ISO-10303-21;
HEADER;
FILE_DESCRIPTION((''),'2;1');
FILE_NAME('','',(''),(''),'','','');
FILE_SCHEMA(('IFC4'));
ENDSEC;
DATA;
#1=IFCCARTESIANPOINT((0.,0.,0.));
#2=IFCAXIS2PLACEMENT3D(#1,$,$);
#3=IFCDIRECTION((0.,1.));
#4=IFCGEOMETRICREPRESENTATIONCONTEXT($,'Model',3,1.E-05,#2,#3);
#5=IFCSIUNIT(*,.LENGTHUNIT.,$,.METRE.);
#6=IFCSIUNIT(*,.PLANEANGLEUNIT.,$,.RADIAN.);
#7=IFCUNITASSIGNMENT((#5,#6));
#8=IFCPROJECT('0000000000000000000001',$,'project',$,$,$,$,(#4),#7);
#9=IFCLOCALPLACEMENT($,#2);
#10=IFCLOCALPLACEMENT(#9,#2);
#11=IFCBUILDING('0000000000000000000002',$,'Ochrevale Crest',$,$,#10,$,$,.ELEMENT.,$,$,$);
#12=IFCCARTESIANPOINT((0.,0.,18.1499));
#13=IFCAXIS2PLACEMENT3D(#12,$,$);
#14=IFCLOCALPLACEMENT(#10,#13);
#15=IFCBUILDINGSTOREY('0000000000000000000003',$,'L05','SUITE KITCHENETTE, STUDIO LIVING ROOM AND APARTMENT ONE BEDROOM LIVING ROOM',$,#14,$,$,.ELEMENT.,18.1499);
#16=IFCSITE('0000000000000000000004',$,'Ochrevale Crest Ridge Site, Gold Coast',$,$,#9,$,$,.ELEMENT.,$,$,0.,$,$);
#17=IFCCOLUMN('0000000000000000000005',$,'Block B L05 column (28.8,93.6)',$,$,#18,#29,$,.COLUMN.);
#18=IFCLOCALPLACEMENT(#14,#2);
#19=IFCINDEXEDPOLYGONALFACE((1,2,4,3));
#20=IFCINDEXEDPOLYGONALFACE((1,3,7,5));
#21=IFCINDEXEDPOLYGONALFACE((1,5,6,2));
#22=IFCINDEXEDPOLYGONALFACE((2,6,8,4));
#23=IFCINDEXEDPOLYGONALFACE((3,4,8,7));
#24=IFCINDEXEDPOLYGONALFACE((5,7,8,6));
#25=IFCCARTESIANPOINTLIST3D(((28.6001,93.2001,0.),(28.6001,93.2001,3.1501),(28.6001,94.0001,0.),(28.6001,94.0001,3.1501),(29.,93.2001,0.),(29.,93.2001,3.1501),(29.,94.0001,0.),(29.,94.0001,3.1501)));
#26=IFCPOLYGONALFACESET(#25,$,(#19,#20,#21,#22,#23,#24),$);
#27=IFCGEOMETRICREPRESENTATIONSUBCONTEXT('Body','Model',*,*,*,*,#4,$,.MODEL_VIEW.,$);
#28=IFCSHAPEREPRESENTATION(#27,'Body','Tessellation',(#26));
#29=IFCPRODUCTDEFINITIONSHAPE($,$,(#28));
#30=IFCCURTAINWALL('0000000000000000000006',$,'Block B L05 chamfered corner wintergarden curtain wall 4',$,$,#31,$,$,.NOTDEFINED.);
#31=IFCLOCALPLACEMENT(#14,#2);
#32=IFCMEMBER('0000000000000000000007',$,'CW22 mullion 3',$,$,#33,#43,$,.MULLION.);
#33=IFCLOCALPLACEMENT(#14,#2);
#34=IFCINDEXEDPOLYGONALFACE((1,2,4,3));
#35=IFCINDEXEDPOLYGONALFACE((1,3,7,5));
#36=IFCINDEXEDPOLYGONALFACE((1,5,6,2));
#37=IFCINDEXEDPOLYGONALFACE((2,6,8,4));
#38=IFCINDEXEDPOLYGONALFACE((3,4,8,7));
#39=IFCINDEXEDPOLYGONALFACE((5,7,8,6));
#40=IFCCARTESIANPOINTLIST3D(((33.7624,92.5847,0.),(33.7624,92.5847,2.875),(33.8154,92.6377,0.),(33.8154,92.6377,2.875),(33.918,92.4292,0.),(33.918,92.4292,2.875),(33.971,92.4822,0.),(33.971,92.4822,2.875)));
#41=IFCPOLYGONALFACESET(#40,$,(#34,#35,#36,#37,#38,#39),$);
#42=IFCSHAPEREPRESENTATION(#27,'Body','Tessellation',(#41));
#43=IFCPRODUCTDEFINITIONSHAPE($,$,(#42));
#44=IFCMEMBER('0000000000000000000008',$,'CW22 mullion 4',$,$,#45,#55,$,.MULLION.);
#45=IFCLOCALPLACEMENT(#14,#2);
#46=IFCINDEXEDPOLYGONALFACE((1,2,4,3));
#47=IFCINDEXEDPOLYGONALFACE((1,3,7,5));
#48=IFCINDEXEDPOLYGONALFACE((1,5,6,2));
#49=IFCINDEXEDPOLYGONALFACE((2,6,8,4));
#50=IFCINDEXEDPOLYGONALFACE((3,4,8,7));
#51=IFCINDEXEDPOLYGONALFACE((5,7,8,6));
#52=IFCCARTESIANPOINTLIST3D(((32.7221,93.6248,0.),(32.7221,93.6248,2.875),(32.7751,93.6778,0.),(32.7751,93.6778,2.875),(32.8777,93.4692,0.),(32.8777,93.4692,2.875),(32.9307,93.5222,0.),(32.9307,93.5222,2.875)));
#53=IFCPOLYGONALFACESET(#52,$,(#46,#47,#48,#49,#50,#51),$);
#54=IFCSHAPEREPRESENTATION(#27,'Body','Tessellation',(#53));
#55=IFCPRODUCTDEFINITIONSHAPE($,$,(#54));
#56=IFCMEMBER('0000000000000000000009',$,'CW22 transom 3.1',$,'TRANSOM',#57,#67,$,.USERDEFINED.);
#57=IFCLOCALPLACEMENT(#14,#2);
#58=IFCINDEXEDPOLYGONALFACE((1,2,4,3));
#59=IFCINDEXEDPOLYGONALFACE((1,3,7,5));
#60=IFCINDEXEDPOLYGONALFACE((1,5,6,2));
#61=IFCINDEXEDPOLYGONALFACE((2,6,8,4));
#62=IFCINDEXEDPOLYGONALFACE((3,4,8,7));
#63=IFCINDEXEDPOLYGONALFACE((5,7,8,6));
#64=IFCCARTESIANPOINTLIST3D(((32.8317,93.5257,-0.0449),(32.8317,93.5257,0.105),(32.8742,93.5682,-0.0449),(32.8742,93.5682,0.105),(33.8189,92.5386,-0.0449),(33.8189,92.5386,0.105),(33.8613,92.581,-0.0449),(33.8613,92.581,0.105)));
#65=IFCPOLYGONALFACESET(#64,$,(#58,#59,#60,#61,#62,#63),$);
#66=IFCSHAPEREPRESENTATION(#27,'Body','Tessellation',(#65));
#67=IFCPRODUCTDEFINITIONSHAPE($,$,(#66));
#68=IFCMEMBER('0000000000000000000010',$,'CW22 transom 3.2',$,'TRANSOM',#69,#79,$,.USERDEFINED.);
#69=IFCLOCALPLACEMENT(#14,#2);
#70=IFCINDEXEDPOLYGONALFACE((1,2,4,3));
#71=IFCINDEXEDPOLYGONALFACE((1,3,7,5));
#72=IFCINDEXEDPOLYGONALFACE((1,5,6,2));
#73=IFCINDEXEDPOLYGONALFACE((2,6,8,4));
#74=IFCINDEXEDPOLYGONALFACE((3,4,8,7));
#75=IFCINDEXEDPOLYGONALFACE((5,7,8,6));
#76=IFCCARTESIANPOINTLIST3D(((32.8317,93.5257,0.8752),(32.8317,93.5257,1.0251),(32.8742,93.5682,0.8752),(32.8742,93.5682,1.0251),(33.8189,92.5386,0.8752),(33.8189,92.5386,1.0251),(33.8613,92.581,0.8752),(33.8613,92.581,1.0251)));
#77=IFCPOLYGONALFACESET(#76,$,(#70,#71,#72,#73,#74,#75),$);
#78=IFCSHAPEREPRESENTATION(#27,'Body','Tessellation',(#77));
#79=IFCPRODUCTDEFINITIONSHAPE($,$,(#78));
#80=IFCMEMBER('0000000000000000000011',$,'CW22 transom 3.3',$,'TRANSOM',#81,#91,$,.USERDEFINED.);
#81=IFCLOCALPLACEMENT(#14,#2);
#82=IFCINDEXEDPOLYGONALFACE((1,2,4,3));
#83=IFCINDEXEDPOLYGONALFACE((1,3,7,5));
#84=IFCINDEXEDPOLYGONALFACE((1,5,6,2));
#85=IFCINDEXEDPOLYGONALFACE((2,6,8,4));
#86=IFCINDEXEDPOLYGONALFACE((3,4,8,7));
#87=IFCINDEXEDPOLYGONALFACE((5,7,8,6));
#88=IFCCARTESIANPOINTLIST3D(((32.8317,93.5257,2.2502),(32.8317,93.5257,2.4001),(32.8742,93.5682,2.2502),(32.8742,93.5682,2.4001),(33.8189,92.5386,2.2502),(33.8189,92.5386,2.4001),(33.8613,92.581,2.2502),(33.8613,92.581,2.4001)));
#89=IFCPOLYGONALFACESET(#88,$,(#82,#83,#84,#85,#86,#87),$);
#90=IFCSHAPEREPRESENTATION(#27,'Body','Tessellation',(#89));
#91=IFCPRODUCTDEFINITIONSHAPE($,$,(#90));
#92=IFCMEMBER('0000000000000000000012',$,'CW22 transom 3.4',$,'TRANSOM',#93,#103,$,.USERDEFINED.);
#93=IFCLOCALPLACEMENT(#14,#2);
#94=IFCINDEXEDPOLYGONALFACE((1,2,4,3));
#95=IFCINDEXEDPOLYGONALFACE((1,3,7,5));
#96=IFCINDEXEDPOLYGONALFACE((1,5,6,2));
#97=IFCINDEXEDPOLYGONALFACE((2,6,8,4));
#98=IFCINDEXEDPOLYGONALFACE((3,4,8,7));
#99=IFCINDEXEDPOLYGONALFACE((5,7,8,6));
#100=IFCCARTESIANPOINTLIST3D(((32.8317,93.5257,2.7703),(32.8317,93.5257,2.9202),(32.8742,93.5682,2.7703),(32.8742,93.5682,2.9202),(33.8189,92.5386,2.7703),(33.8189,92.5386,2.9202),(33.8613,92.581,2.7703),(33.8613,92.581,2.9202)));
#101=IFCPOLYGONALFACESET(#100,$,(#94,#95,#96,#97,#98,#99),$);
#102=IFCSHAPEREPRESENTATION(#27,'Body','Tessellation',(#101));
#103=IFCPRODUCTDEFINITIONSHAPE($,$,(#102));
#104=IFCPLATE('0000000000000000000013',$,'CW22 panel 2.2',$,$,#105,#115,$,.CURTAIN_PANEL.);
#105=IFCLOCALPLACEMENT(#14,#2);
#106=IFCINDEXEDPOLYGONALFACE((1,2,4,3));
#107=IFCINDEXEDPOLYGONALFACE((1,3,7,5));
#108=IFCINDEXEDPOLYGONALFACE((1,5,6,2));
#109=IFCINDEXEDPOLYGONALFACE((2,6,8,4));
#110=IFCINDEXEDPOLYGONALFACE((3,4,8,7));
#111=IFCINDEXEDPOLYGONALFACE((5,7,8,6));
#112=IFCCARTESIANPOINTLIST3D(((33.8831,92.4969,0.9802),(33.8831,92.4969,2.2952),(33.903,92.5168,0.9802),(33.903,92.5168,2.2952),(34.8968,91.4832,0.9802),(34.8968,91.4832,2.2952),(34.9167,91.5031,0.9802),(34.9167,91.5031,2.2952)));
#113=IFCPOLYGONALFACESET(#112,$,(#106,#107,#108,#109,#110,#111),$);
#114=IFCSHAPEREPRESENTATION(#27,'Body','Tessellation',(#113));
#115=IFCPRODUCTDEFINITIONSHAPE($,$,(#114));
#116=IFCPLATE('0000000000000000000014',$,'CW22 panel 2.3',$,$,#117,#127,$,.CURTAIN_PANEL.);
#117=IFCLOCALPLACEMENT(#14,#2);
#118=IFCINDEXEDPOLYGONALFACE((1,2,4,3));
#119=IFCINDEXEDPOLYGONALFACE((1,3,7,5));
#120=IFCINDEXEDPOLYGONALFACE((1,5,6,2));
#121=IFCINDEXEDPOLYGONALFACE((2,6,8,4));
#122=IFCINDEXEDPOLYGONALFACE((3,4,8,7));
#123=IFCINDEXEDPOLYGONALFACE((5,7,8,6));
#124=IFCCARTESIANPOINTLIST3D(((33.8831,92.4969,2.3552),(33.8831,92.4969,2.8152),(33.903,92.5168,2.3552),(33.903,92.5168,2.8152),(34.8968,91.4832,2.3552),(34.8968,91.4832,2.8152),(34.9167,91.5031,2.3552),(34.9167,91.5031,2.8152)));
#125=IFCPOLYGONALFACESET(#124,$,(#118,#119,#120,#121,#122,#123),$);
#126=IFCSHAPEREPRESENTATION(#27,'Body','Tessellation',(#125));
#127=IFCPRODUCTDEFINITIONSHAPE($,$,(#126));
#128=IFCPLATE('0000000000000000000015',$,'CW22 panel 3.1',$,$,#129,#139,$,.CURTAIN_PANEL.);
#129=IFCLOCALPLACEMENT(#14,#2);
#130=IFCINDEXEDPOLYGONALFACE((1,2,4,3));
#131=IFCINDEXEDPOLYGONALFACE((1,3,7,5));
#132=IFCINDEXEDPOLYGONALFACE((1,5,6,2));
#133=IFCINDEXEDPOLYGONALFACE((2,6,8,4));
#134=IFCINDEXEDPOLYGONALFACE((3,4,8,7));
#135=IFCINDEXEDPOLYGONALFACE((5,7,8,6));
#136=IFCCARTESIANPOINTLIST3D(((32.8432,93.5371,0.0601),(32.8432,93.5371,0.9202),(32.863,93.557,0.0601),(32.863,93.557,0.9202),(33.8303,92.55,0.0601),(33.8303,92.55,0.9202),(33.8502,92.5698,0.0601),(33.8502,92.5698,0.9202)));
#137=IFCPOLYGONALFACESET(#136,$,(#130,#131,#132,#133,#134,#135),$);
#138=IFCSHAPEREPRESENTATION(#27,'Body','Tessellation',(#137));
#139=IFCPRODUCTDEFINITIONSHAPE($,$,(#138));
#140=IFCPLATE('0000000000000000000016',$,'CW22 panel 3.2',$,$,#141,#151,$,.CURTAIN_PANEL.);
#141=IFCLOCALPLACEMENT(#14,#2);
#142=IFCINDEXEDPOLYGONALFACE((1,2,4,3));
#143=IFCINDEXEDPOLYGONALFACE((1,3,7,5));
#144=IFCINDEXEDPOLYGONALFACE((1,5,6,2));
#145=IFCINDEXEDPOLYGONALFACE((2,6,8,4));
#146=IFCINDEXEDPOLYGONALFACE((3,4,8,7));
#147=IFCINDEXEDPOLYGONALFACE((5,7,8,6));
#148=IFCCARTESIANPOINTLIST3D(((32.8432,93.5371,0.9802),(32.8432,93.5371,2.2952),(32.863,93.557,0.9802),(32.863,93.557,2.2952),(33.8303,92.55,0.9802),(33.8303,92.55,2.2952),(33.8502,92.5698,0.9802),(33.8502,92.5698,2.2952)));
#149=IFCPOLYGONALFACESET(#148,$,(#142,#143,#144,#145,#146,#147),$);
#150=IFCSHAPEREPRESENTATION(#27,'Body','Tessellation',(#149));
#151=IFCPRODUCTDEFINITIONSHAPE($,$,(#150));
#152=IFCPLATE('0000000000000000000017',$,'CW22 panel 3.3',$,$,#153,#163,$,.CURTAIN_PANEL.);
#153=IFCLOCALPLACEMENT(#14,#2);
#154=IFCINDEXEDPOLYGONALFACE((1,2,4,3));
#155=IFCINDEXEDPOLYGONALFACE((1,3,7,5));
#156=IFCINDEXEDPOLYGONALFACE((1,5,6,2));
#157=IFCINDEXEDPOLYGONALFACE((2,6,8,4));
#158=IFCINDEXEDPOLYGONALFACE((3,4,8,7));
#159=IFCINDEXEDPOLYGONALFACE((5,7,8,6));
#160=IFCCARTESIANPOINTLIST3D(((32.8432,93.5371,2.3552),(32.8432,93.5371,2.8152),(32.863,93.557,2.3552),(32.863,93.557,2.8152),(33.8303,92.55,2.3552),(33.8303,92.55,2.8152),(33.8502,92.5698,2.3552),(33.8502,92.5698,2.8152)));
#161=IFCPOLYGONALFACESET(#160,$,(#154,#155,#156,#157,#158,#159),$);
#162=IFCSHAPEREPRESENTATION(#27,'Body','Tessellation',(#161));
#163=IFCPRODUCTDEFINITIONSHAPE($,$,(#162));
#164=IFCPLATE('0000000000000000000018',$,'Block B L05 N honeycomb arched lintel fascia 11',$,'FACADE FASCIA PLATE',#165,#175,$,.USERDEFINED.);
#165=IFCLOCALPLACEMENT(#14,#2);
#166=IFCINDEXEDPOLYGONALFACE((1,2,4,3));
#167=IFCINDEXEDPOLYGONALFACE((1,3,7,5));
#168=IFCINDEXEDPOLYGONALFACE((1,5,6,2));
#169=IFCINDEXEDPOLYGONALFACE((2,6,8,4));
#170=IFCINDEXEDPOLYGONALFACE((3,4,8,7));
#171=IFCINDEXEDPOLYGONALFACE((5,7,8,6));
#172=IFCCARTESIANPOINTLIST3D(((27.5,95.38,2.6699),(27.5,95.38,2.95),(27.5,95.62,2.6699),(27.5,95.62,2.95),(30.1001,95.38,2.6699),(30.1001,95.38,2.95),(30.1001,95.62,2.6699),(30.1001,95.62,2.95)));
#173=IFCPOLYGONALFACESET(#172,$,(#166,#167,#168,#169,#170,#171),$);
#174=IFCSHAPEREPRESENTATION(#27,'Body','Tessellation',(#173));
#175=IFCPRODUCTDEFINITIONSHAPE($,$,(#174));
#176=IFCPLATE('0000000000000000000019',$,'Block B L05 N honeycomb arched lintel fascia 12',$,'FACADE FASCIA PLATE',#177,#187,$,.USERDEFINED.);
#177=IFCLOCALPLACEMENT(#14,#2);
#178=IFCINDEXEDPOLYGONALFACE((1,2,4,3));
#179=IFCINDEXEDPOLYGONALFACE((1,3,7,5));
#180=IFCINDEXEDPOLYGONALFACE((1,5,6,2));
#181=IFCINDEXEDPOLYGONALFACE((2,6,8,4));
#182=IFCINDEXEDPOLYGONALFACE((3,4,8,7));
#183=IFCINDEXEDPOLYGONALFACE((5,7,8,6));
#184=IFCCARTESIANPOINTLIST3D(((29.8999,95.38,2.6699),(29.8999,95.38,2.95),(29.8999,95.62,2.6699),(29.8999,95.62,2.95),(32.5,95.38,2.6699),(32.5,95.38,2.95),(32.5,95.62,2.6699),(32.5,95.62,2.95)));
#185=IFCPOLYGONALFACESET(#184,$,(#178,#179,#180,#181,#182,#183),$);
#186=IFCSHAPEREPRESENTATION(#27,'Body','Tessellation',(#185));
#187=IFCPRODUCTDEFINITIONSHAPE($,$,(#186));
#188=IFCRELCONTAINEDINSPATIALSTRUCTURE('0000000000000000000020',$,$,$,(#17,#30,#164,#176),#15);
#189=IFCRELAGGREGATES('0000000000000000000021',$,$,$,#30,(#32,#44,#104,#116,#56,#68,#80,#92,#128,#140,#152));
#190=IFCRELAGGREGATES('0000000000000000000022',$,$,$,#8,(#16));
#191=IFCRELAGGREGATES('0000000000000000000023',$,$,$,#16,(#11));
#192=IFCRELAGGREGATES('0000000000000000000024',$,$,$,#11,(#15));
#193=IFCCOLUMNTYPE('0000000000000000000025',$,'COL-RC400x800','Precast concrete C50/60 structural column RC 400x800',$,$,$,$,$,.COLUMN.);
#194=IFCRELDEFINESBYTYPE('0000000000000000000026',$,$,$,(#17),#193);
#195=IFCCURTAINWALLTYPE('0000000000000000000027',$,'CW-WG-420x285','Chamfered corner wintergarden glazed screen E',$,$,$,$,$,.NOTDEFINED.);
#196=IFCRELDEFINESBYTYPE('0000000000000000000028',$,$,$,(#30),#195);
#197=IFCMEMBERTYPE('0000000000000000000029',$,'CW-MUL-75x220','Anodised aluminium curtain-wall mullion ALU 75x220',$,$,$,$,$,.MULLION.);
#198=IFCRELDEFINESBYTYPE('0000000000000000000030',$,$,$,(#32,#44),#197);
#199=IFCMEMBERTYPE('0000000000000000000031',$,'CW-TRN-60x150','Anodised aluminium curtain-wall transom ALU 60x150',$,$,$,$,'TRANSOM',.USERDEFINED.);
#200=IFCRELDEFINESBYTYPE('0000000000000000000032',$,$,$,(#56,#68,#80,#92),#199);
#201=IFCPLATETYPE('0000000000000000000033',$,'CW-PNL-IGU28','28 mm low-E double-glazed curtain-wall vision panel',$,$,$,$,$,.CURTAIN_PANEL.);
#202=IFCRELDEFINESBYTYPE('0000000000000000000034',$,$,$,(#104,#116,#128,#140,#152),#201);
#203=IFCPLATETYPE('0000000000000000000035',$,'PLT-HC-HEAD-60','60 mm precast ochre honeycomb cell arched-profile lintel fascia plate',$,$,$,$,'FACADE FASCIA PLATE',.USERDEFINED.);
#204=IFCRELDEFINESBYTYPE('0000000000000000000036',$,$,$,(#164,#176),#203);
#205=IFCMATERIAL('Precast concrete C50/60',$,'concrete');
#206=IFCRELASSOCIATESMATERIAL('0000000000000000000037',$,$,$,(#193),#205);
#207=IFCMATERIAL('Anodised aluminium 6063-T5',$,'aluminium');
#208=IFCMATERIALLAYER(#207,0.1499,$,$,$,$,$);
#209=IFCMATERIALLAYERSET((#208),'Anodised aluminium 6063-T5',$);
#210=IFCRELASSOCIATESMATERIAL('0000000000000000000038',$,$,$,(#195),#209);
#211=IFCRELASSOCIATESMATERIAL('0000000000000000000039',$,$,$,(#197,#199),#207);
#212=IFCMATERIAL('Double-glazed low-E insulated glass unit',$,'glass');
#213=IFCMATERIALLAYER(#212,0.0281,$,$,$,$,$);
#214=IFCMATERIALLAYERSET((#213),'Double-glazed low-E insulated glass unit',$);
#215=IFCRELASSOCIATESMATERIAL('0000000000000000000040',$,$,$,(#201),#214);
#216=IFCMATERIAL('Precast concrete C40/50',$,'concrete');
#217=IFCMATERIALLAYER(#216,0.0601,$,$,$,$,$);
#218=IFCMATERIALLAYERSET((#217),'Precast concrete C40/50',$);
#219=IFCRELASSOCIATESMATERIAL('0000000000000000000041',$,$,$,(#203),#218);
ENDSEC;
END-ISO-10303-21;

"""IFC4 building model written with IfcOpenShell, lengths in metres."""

from ifc_helpers import new_model, si_unit, direction, frame, origin, origin_2d, place, context, subcontext, project, spatial, rectangle, extrude, material, layer, layer_set, material_profile, profile_set, type_object, element, aggregate, save


model = new_model("IFC4")

# Units and contexts
model_context = context("Model", 3, precision=1e-05, world=origin(), true_north=direction((0.0, 1.0)))
body_context = subcontext(model_context, "Body", "Model", "MODEL_VIEW")
ifc_project = project(units=[si_unit("LENGTHUNIT", "METRE"), si_unit("PLANEANGLEUNIT", "RADIAN")], contexts=[model_context])

# Site, building, storey
site_placement = place(None, origin())
site = spatial("IfcSite", under=ifc_project, at=site_placement, Name="Ochrevale Crest Ridge Site, Gold Coast", CompositionType="ELEMENT", RefElevation=0.0)
building_placement = place(site_placement, origin())
building = spatial("IfcBuilding", under=site, at=building_placement, Name="Ochrevale Crest", CompositionType="ELEMENT")
storey_placement = place(building_placement, frame((0.0, 0.0, 18.1499)))
storey = spatial("IfcBuildingStorey", under=building, at=storey_placement, Name="L05", Description="SUITE KITCHENETTE, STUDIO LIVING ROOM AND APARTMENT ONE BEDROOM LIVING ROOM", CompositionType="ELEMENT", Elevation=18.1499)

# Column
ifc_material_1 = material(Name="Precast concrete C50/60", Category="concrete")
ifc_material_profile_1 = material_profile(ifc_material_1, rectangle(XDim=0.3999, YDim=0.8, at=origin_2d()), Name="RC 400x800")
ifc_profile_set_1 = profile_set([ifc_material_profile_1], Name="Precast concrete C50/60")
column_type = type_object("IfcColumnType", Name="COL-RC400x800", Description="Precast concrete C50/60 structural column RC 400x800", PredefinedType="COLUMN", material=ifc_profile_set_1)
column_placement = place(storey_placement, frame((28.8, 93.6001, 0.0), z_axis=(0.0, 0.0, 1.0), x_axis=(1.0, 0.0, 0.0)))
element("IfcColumn", 1, at=column_placement, inside=storey, type_object=column_type, Name="Block B L05 column (28.8,93.6)", PredefinedType="COLUMN", context=body_context, shape_type="SweptSolid", body=[
    extrude(rectangle(XDim=0.3999, YDim=0.8, at=origin_2d()), origin(), (0.0, 0.0, 1.0), 3.1501),
])

# Curtain wall, members, plates
ifc_material_2 = material(Name="Anodised aluminium 6063-T5", Category="aluminium")
ifc_layer_1 = layer(ifc_material_2, 0.1499)
ifc_layer_set_1 = layer_set([ifc_layer_1], Name="Anodised aluminium 6063-T5")
curtain_wall_type = type_object("IfcCurtainWallType", Name="CW-WG-420x285", Description="Chamfered corner wintergarden glazed screen E", PredefinedType="NOTDEFINED", material=ifc_layer_set_1)
curtain_wall_placement = place(storey_placement, origin())
curtain_wall = element("IfcCurtainWall", 2, at=curtain_wall_placement, inside=storey, type_object=curtain_wall_type, Name="Block B L05 chamfered corner wintergarden curtain wall 4", PredefinedType="NOTDEFINED")
ifc_material_profile_2 = material_profile(ifc_material_2, rectangle(XDim=0.075, YDim=0.22, at=origin_2d()), Name="ALU 75x220")
ifc_profile_set_2 = profile_set([ifc_material_profile_2], Name="Anodised aluminium 6063-T5")
member_type_1 = type_object("IfcMemberType", Name="CW-MUL-75x220", Description="Anodised aluminium curtain-wall mullion ALU 75x220", PredefinedType="MULLION", material=ifc_profile_set_2)
member_1_placement = place(storey_placement, frame((33.8667, 92.5334, 0.0), z_axis=(0.0, 0.0, 1.0), x_axis=(-0.707107, -0.707107, 0.0)))
member_1 = element("IfcMember", 3, at=member_1_placement, type_object=member_type_1, Name="CW22 mullion 3", PredefinedType="MULLION", context=body_context, shape_type="SweptSolid", body=[
    extrude(rectangle(XDim=0.075, YDim=0.22, at=origin_2d()), origin(), (0.0, 0.0, 1.0), 2.875),
])
member_2_placement = place(storey_placement, frame((32.8264, 93.5735, 0.0), z_axis=(0.0, 0.0, 1.0), x_axis=(-0.707107, -0.707107, 0.0)))
member_2 = element("IfcMember", 4, at=member_2_placement, type_object=member_type_1, Name="CW22 mullion 4", PredefinedType="MULLION", context=body_context, shape_type="SweptSolid", body=[
    extrude(rectangle(XDim=0.075, YDim=0.22, at=origin_2d()), origin(), (0.0, 0.0, 1.0), 2.875),
])
ifc_material_profile_3 = material_profile(ifc_material_2, rectangle(XDim=0.0601, YDim=0.1499, at=origin_2d()), Name="ALU 60x150")
ifc_profile_set_3 = profile_set([ifc_material_profile_3], Name="Anodised aluminium 6063-T5")
member_type_2 = type_object("IfcMemberType", Name="CW-TRN-60x150", Description="Anodised aluminium curtain-wall transom ALU 60x150", ElementType="TRANSOM", PredefinedType="USERDEFINED", material=ifc_profile_set_3)
member_3_placement = place(storey_placement, frame((33.8401, 92.5598, 0.03), z_axis=(-0.707107, 0.707107, 0.0), x_axis=(-0.707107, -0.707107, 0.0)))
member_3 = element("IfcMember", 5, at=member_3_placement, type_object=member_type_2, Name="CW22 transom 3.1", ObjectType="TRANSOM", PredefinedType="USERDEFINED", context=body_context, shape_type="SweptSolid", body=[
    extrude(rectangle(XDim=0.0601, YDim=0.1499, at=origin_2d()), origin(), (0.0, 0.0, 1.0), 1.396),
])
member_4_placement = place(storey_placement, frame((33.8401, 92.5598, 0.9502), z_axis=(-0.707107, 0.707107, 0.0), x_axis=(-0.707107, -0.707107, 0.0)))
member_4 = element("IfcMember", 6, at=member_4_placement, type_object=member_type_2, Name="CW22 transom 3.2", ObjectType="TRANSOM", PredefinedType="USERDEFINED", context=body_context, shape_type="SweptSolid", body=[
    extrude(rectangle(XDim=0.0601, YDim=0.1499, at=origin_2d()), origin(), (0.0, 0.0, 1.0), 1.396),
])
member_5_placement = place(storey_placement, frame((33.8401, 92.5598, 2.3252), z_axis=(-0.707107, 0.707107, 0.0), x_axis=(-0.707107, -0.707107, 0.0)))
member_5 = element("IfcMember", 7, at=member_5_placement, type_object=member_type_2, Name="CW22 transom 3.3", ObjectType="TRANSOM", PredefinedType="USERDEFINED", context=body_context, shape_type="SweptSolid", body=[
    extrude(rectangle(XDim=0.0601, YDim=0.1499, at=origin_2d()), origin(), (0.0, 0.0, 1.0), 1.396),
])
member_6_placement = place(storey_placement, frame((33.8401, 92.5598, 2.8452), z_axis=(-0.707107, 0.707107, 0.0), x_axis=(-0.707107, -0.707107, 0.0)))
member_6 = element("IfcMember", 8, at=member_6_placement, type_object=member_type_2, Name="CW22 transom 3.4", ObjectType="TRANSOM", PredefinedType="USERDEFINED", context=body_context, shape_type="SweptSolid", body=[
    extrude(rectangle(XDim=0.0601, YDim=0.1499, at=origin_2d()), origin(), (0.0, 0.0, 1.0), 1.396),
])
ifc_material_3 = material(Name="Double-glazed low-E insulated glass unit", Category="glass")
ifc_layer_2 = layer(ifc_material_3, 0.0281)
ifc_layer_set_2 = layer_set([ifc_layer_2], Name="Double-glazed low-E insulated glass unit")
plate_type_1 = type_object("IfcPlateType", Name="CW-PNL-IGU28", Description="28 mm low-E double-glazed curtain-wall vision panel", PredefinedType="CURTAIN_PANEL", material=ifc_layer_set_2)
plate_1_placement = place(storey_placement, frame((34.3999, 92.0, 0.9802), z_axis=(0.0, 0.0, 1.0), x_axis=(-0.707107, 0.707107, 0.0)))
plate_1 = element("IfcPlate", 9, at=plate_1_placement, type_object=plate_type_1, Name="CW22 panel 2.2", PredefinedType="CURTAIN_PANEL", context=body_context, shape_type="SweptSolid", body=[
    extrude(rectangle(XDim=1.4336, YDim=0.0281, at=origin_2d()), origin(), (0.0, 0.0, 1.0), 1.3149),
])
plate_2_placement = place(storey_placement, frame((34.3999, 92.0, 2.3552), z_axis=(0.0, 0.0, 1.0), x_axis=(-0.707107, 0.707107, 0.0)))
plate_2 = element("IfcPlate", 10, at=plate_2_placement, type_object=plate_type_1, Name="CW22 panel 2.3", PredefinedType="CURTAIN_PANEL", context=body_context, shape_type="SweptSolid", body=[
    extrude(rectangle(XDim=1.4336, YDim=0.0281, at=origin_2d()), origin(), (0.0, 0.0, 1.0), 0.46),
])
plate_3_placement = place(storey_placement, frame((33.3467, 93.0535, 0.0601), z_axis=(0.0, 0.0, 1.0), x_axis=(-0.707107, 0.707107, 0.0)))
plate_3 = element("IfcPlate", 11, at=plate_3_placement, type_object=plate_type_1, Name="CW22 panel 3.1", PredefinedType="CURTAIN_PANEL", context=body_context, shape_type="SweptSolid", body=[
    extrude(rectangle(XDim=1.396, YDim=0.0281, at=origin_2d()), origin(), (0.0, 0.0, 1.0), 0.8601),
])
plate_4_placement = place(storey_placement, frame((33.3467, 93.0535, 0.9802), z_axis=(0.0, 0.0, 1.0), x_axis=(-0.707107, 0.707107, 0.0)))
plate_4 = element("IfcPlate", 12, at=plate_4_placement, type_object=plate_type_1, Name="CW22 panel 3.2", PredefinedType="CURTAIN_PANEL", context=body_context, shape_type="SweptSolid", body=[
    extrude(rectangle(XDim=1.396, YDim=0.0281, at=origin_2d()), origin(), (0.0, 0.0, 1.0), 1.3149),
])
plate_5_placement = place(storey_placement, frame((33.3467, 93.0535, 2.3552), z_axis=(0.0, 0.0, 1.0), x_axis=(-0.707107, 0.707107, 0.0)))
plate_5 = element("IfcPlate", 13, at=plate_5_placement, type_object=plate_type_1, Name="CW22 panel 3.3", PredefinedType="CURTAIN_PANEL", context=body_context, shape_type="SweptSolid", body=[
    extrude(rectangle(XDim=1.396, YDim=0.0281, at=origin_2d()), origin(), (0.0, 0.0, 1.0), 0.46),
])
aggregate(curtain_wall, [member_1, member_2, plate_1, plate_2, member_3, member_4, member_5, member_6, plate_3, plate_4, plate_5])

# Plates
ifc_material_4 = material(Name="Precast concrete C40/50", Category="concrete")
ifc_layer_3 = layer(ifc_material_4, 0.0601)
ifc_layer_set_3 = layer_set([ifc_layer_3], Name="Precast concrete C40/50")
plate_type_2 = type_object("IfcPlateType", Name="PLT-HC-HEAD-60", Description="60 mm precast ochre honeycomb cell arched-profile lintel fascia plate", ElementType="FACADE FASCIA PLATE", PredefinedType="USERDEFINED", material=ifc_layer_set_3)
for number, where, z_axis, x_axis, name in (
    (14, (28.8, 95.5, 2.6699), (0.0, 0.0, 1.0), (1.0, 0.0, 0.0), "Block B L05 N honeycomb arched lintel fascia 11"),
    (15, (31.2, 95.5, 2.6699), (0.0, 0.0, 1.0), (1.0, 0.0, 0.0), "Block B L05 N honeycomb arched lintel fascia 12"),
):
    element("IfcPlate", number, at=place(storey_placement, frame(where, z_axis=z_axis, x_axis=x_axis)), inside=storey, type_object=plate_type_2, Name=name, ObjectType="FACADE FASCIA PLATE", PredefinedType="USERDEFINED", context=body_context, shape_type="SweptSolid", body=[
        extrude(rectangle(XDim=2.6001, YDim=0.24, at=origin_2d()), origin(), (0.0, 0.0, 1.0), 0.28),
    ])

save(model, "model.ifc")
